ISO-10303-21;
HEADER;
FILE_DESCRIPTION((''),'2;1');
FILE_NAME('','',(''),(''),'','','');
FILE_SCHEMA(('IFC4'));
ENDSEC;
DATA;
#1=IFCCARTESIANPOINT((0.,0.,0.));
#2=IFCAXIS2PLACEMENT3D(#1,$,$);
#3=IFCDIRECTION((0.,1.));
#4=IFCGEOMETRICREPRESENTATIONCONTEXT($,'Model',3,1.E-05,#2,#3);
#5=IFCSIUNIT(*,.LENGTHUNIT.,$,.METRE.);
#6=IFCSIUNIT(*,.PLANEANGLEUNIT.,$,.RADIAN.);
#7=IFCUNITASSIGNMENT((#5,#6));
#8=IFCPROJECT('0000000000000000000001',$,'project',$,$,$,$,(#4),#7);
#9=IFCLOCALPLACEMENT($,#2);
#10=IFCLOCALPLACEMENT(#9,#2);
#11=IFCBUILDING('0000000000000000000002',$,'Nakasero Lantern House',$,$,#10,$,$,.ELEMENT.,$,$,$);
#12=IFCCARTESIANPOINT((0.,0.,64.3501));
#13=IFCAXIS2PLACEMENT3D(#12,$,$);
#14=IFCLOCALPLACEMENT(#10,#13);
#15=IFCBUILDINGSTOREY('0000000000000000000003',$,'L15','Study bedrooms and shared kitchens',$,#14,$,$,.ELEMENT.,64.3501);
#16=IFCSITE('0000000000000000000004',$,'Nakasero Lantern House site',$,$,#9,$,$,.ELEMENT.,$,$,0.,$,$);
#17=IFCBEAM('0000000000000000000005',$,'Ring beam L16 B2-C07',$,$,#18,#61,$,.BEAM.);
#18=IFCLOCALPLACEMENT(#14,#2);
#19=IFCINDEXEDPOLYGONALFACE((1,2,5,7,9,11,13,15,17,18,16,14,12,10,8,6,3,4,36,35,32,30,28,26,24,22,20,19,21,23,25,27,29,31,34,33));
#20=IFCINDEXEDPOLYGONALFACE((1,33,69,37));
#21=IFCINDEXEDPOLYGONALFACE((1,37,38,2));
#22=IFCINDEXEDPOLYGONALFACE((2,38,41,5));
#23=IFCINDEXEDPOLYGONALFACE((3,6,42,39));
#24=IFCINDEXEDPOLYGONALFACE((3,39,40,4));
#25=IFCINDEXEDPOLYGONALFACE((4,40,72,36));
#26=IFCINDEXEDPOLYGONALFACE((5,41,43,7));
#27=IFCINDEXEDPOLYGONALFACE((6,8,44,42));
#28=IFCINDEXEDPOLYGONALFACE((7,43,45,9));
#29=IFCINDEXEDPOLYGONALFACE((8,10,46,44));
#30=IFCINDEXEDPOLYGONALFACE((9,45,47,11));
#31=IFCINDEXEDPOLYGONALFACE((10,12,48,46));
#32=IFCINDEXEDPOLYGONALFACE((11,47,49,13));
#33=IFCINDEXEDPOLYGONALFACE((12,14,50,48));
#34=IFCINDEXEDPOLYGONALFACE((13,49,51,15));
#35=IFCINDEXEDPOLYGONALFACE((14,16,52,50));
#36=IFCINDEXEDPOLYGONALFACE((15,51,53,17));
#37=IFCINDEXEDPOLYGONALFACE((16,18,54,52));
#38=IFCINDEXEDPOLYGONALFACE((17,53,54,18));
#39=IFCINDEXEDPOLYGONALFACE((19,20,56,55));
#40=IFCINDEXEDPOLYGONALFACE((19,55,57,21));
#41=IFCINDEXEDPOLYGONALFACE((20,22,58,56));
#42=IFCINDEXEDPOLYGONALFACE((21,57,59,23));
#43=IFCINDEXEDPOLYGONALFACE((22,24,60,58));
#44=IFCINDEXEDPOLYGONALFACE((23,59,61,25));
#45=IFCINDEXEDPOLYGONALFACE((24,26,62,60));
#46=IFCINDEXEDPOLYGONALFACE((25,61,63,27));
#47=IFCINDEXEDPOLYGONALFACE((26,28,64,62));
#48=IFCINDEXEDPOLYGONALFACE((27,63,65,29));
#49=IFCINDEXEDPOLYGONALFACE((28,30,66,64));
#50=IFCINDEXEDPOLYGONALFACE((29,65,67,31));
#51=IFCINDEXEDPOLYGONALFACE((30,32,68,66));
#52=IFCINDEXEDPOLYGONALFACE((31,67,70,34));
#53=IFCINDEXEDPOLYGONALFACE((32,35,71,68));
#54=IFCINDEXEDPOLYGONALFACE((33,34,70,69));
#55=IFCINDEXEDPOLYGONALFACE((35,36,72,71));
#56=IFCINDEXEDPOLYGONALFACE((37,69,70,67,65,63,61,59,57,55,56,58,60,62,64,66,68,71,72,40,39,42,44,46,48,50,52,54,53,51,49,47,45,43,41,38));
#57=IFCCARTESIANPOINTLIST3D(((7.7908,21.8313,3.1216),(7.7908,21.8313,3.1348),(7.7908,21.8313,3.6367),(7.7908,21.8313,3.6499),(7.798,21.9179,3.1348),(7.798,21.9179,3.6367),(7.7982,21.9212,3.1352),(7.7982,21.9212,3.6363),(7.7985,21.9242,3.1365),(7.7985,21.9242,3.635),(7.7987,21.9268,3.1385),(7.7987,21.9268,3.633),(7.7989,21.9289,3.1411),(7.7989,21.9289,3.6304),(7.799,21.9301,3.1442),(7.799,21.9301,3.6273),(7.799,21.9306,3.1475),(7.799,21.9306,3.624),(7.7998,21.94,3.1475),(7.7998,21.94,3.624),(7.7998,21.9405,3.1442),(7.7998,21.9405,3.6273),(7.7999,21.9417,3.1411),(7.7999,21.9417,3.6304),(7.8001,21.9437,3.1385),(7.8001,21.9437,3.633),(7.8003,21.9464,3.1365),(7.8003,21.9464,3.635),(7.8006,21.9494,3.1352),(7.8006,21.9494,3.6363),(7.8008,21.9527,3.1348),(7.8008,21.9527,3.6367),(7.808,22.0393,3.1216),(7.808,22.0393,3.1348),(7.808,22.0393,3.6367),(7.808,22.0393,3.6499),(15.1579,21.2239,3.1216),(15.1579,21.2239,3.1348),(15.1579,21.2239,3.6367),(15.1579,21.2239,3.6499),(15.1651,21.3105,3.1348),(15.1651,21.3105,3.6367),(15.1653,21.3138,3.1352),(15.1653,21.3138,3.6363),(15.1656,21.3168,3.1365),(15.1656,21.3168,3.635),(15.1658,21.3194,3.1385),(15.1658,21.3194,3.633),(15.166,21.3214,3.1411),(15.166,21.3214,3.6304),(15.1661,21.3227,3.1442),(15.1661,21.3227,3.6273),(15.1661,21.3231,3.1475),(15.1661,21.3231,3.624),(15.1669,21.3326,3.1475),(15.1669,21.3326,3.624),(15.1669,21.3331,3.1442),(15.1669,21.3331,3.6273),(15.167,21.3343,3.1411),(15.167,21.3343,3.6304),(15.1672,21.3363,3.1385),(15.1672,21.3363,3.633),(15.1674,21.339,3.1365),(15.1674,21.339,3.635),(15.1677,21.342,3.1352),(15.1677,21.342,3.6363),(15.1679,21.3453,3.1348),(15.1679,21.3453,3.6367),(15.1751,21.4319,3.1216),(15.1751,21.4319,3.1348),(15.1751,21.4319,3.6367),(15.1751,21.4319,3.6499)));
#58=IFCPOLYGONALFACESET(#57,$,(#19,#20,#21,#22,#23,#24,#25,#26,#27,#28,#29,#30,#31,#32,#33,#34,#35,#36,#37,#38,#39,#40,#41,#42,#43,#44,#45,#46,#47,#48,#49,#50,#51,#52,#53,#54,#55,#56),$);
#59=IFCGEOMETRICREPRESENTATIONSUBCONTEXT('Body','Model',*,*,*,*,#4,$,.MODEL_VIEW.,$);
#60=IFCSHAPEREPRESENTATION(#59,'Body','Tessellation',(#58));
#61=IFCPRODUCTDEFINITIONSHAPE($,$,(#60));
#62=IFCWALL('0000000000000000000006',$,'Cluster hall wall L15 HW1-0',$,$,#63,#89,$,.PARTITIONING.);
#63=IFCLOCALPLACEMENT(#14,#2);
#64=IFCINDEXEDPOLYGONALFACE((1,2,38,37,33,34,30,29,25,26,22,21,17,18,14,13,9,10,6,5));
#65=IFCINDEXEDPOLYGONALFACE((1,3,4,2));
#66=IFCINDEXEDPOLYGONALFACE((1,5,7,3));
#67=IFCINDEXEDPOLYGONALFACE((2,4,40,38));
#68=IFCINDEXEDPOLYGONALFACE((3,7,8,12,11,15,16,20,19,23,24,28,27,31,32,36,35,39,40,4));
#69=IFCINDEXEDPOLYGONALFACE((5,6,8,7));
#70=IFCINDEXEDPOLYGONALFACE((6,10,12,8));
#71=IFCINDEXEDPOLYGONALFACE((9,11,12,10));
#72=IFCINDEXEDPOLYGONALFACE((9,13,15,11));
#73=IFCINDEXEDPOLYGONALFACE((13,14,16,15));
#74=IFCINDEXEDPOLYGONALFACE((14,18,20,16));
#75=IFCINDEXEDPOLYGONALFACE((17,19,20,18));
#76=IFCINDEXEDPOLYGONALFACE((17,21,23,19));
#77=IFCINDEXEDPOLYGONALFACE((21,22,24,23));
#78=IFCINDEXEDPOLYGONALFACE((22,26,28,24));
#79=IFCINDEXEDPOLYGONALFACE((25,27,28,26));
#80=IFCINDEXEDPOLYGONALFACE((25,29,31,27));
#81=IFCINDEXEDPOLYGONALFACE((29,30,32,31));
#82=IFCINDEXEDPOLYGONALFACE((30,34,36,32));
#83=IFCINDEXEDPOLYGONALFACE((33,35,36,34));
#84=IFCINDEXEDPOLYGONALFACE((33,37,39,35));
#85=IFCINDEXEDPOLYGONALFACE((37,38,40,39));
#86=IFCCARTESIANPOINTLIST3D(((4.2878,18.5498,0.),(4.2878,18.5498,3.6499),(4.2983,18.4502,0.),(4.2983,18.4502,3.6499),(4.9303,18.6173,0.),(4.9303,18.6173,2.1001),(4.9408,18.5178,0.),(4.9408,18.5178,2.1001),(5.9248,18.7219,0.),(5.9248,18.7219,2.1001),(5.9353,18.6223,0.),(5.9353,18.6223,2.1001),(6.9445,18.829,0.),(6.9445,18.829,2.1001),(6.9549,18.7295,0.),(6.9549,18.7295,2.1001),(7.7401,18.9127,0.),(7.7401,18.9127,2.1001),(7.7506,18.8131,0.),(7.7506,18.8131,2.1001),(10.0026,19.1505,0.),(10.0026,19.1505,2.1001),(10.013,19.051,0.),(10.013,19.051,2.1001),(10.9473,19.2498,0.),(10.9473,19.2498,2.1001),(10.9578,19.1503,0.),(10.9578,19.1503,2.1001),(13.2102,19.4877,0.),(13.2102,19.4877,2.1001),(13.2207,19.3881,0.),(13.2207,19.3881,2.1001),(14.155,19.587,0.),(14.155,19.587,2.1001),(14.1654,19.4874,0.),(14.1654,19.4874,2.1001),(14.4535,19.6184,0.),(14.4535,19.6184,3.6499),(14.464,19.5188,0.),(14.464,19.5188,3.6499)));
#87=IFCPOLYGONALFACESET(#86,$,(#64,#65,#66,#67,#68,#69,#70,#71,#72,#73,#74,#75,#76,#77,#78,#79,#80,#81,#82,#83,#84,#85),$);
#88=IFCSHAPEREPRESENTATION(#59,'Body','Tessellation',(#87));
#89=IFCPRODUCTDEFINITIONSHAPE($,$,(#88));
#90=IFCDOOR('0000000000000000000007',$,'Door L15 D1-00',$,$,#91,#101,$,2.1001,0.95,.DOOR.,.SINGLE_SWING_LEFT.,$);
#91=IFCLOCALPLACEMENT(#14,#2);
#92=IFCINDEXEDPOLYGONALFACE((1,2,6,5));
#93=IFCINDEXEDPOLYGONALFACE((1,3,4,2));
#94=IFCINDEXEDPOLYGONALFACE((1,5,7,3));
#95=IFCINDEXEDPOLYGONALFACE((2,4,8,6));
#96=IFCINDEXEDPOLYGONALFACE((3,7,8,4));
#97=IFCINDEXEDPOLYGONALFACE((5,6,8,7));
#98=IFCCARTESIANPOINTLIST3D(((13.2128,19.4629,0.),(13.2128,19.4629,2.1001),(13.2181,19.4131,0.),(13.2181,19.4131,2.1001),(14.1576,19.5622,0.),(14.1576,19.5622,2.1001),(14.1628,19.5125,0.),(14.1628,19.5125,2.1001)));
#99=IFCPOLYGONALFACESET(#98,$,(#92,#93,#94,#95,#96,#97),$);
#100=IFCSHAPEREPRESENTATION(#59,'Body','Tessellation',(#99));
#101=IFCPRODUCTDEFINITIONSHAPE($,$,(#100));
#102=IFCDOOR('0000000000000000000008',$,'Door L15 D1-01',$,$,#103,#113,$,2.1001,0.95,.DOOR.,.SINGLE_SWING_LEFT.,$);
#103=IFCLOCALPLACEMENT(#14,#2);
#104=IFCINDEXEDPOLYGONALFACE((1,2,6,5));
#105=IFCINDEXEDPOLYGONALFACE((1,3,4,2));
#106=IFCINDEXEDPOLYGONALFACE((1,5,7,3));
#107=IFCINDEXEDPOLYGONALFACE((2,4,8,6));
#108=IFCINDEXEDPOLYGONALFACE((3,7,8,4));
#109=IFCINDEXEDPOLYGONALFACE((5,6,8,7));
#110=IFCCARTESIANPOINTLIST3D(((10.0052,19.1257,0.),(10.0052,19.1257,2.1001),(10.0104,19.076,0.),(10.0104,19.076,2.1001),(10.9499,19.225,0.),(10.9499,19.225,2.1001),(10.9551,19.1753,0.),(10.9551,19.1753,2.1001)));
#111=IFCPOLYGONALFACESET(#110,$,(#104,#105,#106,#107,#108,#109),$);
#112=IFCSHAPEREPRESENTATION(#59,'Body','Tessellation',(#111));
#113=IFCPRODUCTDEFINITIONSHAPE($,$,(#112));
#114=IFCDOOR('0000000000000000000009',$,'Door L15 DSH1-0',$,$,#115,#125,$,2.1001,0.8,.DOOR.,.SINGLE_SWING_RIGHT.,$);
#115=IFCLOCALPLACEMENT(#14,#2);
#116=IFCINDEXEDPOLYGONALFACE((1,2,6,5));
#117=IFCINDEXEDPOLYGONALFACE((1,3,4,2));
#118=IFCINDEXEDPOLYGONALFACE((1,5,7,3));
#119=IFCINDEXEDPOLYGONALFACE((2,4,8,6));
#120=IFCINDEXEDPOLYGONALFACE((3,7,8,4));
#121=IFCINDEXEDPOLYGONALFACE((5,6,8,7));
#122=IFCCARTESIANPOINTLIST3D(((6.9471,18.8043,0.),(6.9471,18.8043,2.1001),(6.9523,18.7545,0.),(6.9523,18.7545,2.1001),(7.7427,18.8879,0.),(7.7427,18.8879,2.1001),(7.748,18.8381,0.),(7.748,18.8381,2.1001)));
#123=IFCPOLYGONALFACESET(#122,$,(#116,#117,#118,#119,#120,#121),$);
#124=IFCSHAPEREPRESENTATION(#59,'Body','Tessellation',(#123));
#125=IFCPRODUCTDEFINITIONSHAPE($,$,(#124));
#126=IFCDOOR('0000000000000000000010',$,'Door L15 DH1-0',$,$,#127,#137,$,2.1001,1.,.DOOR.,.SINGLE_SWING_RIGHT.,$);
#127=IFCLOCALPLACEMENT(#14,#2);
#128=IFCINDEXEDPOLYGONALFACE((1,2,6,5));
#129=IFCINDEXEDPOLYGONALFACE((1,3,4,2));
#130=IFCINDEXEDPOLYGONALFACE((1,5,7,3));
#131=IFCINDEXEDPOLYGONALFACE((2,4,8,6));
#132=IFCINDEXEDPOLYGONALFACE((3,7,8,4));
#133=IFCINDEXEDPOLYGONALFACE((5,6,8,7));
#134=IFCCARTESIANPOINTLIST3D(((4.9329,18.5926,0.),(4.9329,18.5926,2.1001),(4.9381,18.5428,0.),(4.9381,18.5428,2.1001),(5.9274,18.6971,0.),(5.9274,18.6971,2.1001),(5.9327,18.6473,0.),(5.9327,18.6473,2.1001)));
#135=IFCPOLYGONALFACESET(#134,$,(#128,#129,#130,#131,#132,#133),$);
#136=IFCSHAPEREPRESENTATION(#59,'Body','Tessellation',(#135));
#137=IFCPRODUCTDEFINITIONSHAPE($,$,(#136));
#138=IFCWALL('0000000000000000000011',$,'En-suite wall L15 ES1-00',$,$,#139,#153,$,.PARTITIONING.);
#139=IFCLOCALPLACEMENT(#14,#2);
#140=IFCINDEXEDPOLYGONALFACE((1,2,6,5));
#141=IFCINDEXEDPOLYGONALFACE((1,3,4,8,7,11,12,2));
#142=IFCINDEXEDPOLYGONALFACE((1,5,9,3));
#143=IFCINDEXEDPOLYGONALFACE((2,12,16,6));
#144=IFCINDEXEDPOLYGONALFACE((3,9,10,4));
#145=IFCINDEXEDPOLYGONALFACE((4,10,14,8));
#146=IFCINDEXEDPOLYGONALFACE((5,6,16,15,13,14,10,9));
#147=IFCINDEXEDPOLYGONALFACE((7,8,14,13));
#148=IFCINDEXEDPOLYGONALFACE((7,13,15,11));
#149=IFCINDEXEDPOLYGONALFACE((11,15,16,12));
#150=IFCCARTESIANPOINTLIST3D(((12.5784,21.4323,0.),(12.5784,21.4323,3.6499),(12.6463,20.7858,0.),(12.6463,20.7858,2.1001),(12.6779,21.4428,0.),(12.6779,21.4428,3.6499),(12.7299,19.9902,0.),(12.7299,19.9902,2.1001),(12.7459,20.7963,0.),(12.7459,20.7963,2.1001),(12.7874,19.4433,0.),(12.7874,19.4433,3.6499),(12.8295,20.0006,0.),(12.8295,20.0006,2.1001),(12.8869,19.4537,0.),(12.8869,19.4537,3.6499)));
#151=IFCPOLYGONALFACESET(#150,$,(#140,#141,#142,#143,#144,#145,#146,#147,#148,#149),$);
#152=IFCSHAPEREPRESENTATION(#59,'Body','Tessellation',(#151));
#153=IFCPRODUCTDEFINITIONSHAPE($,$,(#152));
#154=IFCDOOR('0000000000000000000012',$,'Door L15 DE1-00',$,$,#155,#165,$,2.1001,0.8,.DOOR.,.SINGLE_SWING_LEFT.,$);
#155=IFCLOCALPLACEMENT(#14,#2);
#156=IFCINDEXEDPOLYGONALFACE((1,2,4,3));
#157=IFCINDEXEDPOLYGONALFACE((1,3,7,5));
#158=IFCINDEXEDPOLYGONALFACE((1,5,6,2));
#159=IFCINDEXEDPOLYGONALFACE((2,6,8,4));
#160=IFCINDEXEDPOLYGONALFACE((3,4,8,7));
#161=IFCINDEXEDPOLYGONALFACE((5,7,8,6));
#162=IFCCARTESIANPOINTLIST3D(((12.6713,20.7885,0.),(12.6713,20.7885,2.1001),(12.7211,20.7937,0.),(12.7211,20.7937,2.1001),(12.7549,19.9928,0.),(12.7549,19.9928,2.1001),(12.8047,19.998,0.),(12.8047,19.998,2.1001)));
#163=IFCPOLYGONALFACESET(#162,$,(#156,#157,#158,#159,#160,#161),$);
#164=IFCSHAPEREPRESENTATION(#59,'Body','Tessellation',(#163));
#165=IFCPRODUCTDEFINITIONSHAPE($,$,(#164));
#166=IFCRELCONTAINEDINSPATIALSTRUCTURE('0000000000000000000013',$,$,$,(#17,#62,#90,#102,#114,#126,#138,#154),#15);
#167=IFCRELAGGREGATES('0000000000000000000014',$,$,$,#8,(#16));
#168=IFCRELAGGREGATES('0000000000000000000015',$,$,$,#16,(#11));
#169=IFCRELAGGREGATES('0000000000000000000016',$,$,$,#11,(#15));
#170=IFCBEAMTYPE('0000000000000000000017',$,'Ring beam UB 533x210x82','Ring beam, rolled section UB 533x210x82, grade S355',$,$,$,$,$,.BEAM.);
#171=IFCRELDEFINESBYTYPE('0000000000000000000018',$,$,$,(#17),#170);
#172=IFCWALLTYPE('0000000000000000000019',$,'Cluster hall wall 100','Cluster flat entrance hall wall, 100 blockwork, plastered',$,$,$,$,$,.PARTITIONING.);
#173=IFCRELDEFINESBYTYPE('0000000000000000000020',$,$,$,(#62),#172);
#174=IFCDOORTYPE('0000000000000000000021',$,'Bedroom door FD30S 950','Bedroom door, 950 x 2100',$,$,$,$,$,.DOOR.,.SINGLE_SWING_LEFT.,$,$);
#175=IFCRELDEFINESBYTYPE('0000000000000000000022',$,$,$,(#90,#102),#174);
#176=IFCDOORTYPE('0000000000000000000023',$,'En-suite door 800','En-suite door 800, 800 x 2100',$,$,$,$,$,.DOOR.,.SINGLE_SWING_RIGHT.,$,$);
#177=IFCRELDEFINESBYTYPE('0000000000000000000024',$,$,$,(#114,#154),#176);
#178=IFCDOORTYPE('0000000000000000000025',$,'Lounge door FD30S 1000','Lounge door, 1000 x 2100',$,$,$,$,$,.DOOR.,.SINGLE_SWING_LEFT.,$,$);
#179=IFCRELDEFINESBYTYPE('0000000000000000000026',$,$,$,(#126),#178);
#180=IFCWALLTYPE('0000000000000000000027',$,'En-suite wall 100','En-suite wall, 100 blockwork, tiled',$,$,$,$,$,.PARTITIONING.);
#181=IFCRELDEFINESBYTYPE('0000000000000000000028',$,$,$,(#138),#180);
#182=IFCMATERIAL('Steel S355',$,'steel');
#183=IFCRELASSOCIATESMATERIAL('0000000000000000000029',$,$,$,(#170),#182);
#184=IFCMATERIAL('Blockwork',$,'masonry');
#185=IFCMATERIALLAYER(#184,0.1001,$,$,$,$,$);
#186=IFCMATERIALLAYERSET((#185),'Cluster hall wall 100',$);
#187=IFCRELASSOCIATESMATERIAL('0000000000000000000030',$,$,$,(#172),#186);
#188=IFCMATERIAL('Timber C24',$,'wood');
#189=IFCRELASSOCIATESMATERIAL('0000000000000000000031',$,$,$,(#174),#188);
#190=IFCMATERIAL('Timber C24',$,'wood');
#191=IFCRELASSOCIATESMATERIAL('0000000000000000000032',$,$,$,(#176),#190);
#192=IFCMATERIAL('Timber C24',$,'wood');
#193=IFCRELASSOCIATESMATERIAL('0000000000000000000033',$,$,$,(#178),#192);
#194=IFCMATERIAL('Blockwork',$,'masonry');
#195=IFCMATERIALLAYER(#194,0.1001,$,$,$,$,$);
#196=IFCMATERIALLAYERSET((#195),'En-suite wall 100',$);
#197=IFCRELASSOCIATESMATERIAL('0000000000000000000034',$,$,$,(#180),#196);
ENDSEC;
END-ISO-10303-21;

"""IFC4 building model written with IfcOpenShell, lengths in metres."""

from ifc_helpers import new_model, si_unit, direction, frame, frame_2d, origin, origin_2d, place, context, subcontext, project, spatial, rectangle, i_section, extrude, material, layer, layer_set, material_profile, profile_set, type_object, element, fill, save


model = new_model("IFC4")

# Units and contexts
model_context = context("Model", 3, precision=1e-05, world=origin(), true_north=direction((0.0, 1.0)))
body_context = subcontext(model_context, "Body", "Model", "MODEL_VIEW")
ifc_project = project(units=[si_unit("LENGTHUNIT", "METRE"), si_unit("PLANEANGLEUNIT", "RADIAN")], contexts=[model_context])

# Site, building, storey
site_placement = place(None, origin())
site = spatial("IfcSite", under=ifc_project, at=site_placement, Name="Nakasero Lantern House site", CompositionType="ELEMENT", RefElevation=0.0)
building_placement = place(site_placement, origin())
building = spatial("IfcBuilding", under=site, at=building_placement, Name="Nakasero Lantern House", CompositionType="ELEMENT")
storey_placement = place(building_placement, frame((0.0, 0.0, 64.3501)))
storey = spatial("IfcBuildingStorey", under=building, at=storey_placement, Name="L15", Description="Study bedrooms and shared kitchens", CompositionType="ELEMENT", Elevation=64.3501)

# Beam
ifc_material_1 = material(Name="Steel S355", Category="steel")
ifc_material_profile_1 = material_profile(ifc_material_1, i_section(OverallWidth=0.2087, OverallDepth=0.5283, WebThickness=0.0095, FlangeThickness=0.0132, FilletRadius=0.0127, at=origin_2d()), Name="UB 533x210x82")
ifc_profile_set_1 = profile_set([ifc_material_profile_1], Name="Steel S355")
beam_type_1 = type_object("IfcBeamType", Name="Ring beam UB 533x210x82", Description="Ring beam, rolled section UB 533x210x82, grade S355", PredefinedType="BEAM", material=ifc_profile_set_1)
beam_1_placement = place(storey_placement, frame((15.1665, 21.3279, 3.3857), z_axis=(-0.996618, 0.082171, 0.0), x_axis=(-0.082171, -0.996618, 0.0)))
element("IfcBeam", 1, at=beam_1_placement, inside=storey, type_object=beam_type_1, Name="Ring beam L16 B2-C07", PredefinedType="BEAM", context=body_context, shape_type="SweptSolid", body=[
    extrude(i_section(OverallWidth=0.2087, OverallDepth=0.5283, WebThickness=0.0095, FlangeThickness=0.0132, FilletRadius=0.0127, at=origin_2d()), origin(), (0.0, 0.0, 1.0), 7.3921),
])

# Wall, openings, doors
ifc_material_2 = material(Name="Blockwork", Category="masonry")
ifc_layer_1 = layer(ifc_material_2, 0.1001)
ifc_layer_set_1 = layer_set([ifc_layer_1], Name="Cluster hall wall 100")
wall_type_1 = type_object("IfcWallType", Name="Cluster hall wall 100", Description="Cluster flat entrance hall wall, 100 blockwork, plastered", PredefinedType="PARTITIONING", material=ifc_layer_set_1)
wall_1_placement = place(storey_placement, frame((14.4587, 19.5686, 0.0), z_axis=(0.0, 0.0, 1.0), x_axis=(-0.99452, -0.104542, 0.0)))
wall_1 = element("IfcWall", 2, at=wall_1_placement, inside=storey, type_object=wall_type_1, Name="Cluster hall wall L15 HW1-0", PredefinedType="PARTITIONING", context=body_context, shape_type="SweptSolid", body=[
    extrude(rectangle(XDim=10.2217, YDim=0.1001, at=frame_2d((5.1108, 0.0))), origin(), (0.0, 0.0, 1.0), 3.6499),
])
opening_1_placement = place(wall_1_placement, frame((8.5757, 0.0, 0.0)))
opening_1 = element("IfcOpeningElement", 3, at=opening_1_placement, cuts=wall_1, PredefinedType="OPENING", context=body_context, shape_type="SweptSolid", body=[
    extrude(rectangle(XDim=1.0, YDim=2.1001, at=frame_2d((0.5, 1.05))), frame((0.0, 0.0701, 0.0), z_axis=(0.0, -1.0, 0.0), x_axis=(1.0, 0.0, 0.0)), (0.0, 0.0, 1.0), 0.1401),
])
opening_2_placement = place(wall_1_placement, frame((6.7505, 0.0, 0.0)))
opening_2 = element("IfcOpeningElement", 4, at=opening_2_placement, cuts=wall_1, PredefinedType="OPENING", context=body_context, shape_type="SweptSolid", body=[
    extrude(rectangle(XDim=0.8, YDim=2.1001, at=frame_2d((0.3999, 1.05))), frame((0.0, 0.0701, 0.0), z_axis=(0.0, -1.0, 0.0), x_axis=(1.0, 0.0, 0.0)), (0.0, 0.0, 1.0), 0.1401),
])
opening_3_placement = place(wall_1_placement, frame((0.3, 0.0, 0.0)))
opening_3 = element("IfcOpeningElement", 5, at=opening_3_placement, cuts=wall_1, PredefinedType="OPENING", context=body_context, shape_type="SweptSolid", body=[
    extrude(rectangle(XDim=0.95, YDim=2.1001, at=frame_2d((0.4751, 1.05))), frame((0.0, 0.0701, 0.0), z_axis=(0.0, -1.0, 0.0), x_axis=(1.0, 0.0, 0.0)), (0.0, 0.0, 1.0), 0.1401),
])
opening_4_placement = place(wall_1_placement, frame((3.5254, 0.0, 0.0)))
opening_4 = element("IfcOpeningElement", 6, at=opening_4_placement, cuts=wall_1, PredefinedType="OPENING", context=body_context, shape_type="SweptSolid", body=[
    extrude(rectangle(XDim=0.95, YDim=2.1001, at=frame_2d((0.4751, 1.05))), frame((0.0, 0.0701, 0.0), z_axis=(0.0, -1.0, 0.0), x_axis=(1.0, 0.0, 0.0)), (0.0, 0.0, 1.0), 0.1401),
])
ifc_material_3 = material(Name="Timber C24", Category="wood")
door_type_1 = type_object("IfcDoorType", Name="Bedroom door FD30S 950", Description="Bedroom door, 950 x 2100", OperationType="SINGLE_SWING_LEFT", PredefinedType="DOOR", material=ifc_material_3)
door_1_placement = place(opening_3_placement, origin())
door_1 = element("IfcDoor", 7, at=door_1_placement, inside=storey, type_object=door_type_1, Name="Door L15 D1-00", OperationType="SINGLE_SWING_LEFT", OverallHeight=2.1001, OverallWidth=0.95, PredefinedType="DOOR", context=body_context, shape_type="SweptSolid", body=[
    extrude(rectangle(XDim=0.95, YDim=2.1001, at=frame_2d((0.4751, 1.05))), frame((0.0, 0.0249, 0.0), z_axis=(0.0, -1.0, 0.0), x_axis=(1.0, 0.0, 0.0)), (0.0, 0.0, 1.0), 0.05),
])
fill(opening_3, door_1)
door_2_placement = place(opening_4_placement, origin())
door_2 = element("IfcDoor", 8, at=door_2_placement, inside=storey, type_object=door_type_1, Name="Door L15 D1-01", OperationType="SINGLE_SWING_LEFT", OverallHeight=2.1001, OverallWidth=0.95, PredefinedType="DOOR", context=body_context, shape_type="SweptSolid", body=[
    extrude(rectangle(XDim=0.95, YDim=2.1001, at=frame_2d((0.4751, 1.05))), frame((0.0, 0.0249, 0.0), z_axis=(0.0, -1.0, 0.0), x_axis=(1.0, 0.0, 0.0)), (0.0, 0.0, 1.0), 0.05),
])
fill(opening_4, door_2)
ifc_material_4 = material(Name="Timber C24", Category="wood")
door_type_2 = type_object("IfcDoorType", Name="En-suite door 800", Description="En-suite door 800, 800 x 2100", OperationType="SINGLE_SWING_RIGHT", PredefinedType="DOOR", material=ifc_material_4)
door_3_placement = place(opening_2_placement, origin())
door_3 = element("IfcDoor", 9, at=door_3_placement, inside=storey, type_object=door_type_2, Name="Door L15 DSH1-0", OperationType="SINGLE_SWING_RIGHT", OverallHeight=2.1001, OverallWidth=0.8, PredefinedType="DOOR", context=body_context, shape_type="SweptSolid", body=[
    extrude(rectangle(XDim=0.8, YDim=2.1001, at=frame_2d((0.3999, 1.05))), frame((0.0, 0.0249, 0.0), z_axis=(0.0, -1.0, 0.0), x_axis=(1.0, 0.0, 0.0)), (0.0, 0.0, 1.0), 0.05),
])
fill(opening_2, door_3)
ifc_material_5 = material(Name="Timber C24", Category="wood")
door_type_3 = type_object("IfcDoorType", Name="Lounge door FD30S 1000", Description="Lounge door, 1000 x 2100", OperationType="SINGLE_SWING_LEFT", PredefinedType="DOOR", material=ifc_material_5)
door_4_placement = place(opening_1_placement, origin())
door_4 = element("IfcDoor", 10, at=door_4_placement, inside=storey, type_object=door_type_3, Name="Door L15 DH1-0", OperationType="SINGLE_SWING_RIGHT", OverallHeight=2.1001, OverallWidth=1.0, PredefinedType="DOOR", context=body_context, shape_type="SweptSolid", body=[
    extrude(rectangle(XDim=1.0, YDim=2.1001, at=frame_2d((0.5, 1.05))), frame((0.0, 0.0249, 0.0), z_axis=(0.0, -1.0, 0.0), x_axis=(1.0, 0.0, 0.0)), (0.0, 0.0, 1.0), 0.05),
])
fill(opening_1, door_4)

# Wall, opening, door
ifc_material_6 = material(Name="Blockwork", Category="masonry")
ifc_layer_2 = layer(ifc_material_6, 0.1001)
ifc_layer_set_2 = layer_set([ifc_layer_2], Name="En-suite wall 100")
wall_type_2 = type_object("IfcWallType", Name="En-suite wall 100", Description="En-suite wall, 100 blockwork, tiled", PredefinedType="PARTITIONING", material=ifc_layer_set_2)
wall_2_placement = place(storey_placement, frame((12.8372, 19.4485, 0.0), z_axis=(0.0, 0.0, 1.0), x_axis=(-0.104494, 0.994526, 0.0)))
wall_2 = element("IfcWall", 11, at=wall_2_placement, inside=storey, type_object=wall_type_2, Name="En-suite wall L15 ES1-00", PredefinedType="PARTITIONING", context=body_context, shape_type="SweptSolid", body=[
    extrude(rectangle(XDim=2.0, YDim=0.1001, at=frame_2d((1.0, 0.0))), origin(), (0.0, 0.0, 1.0), 3.6499),
])
opening_5_placement = place(wall_2_placement, frame((0.55, 0.0, 0.0)))
opening_5 = element("IfcOpeningElement", 12, at=opening_5_placement, cuts=wall_2, PredefinedType="OPENING", context=body_context, shape_type="SweptSolid", body=[
    extrude(rectangle(XDim=0.8, YDim=2.1001, at=frame_2d((0.3999, 1.05))), frame((0.0, 0.0701, 0.0), z_axis=(0.0, -1.0, 0.0), x_axis=(1.0, 0.0, 0.0)), (0.0, 0.0, 1.0), 0.1401),
])
door_5_placement = place(opening_5_placement, origin())
door_5 = element("IfcDoor", 13, at=door_5_placement, inside=storey, type_object=door_type_2, Name="Door L15 DE1-00", OperationType="SINGLE_SWING_LEFT", OverallHeight=2.1001, OverallWidth=0.8, PredefinedType="DOOR", context=body_context, shape_type="SweptSolid", body=[
    extrude(rectangle(XDim=0.8, YDim=2.1001, at=frame_2d((0.3999, 1.05))), frame((0.0, 0.0249, 0.0), z_axis=(0.0, -1.0, 0.0), x_axis=(1.0, 0.0, 0.0)), (0.0, 0.0, 1.0), 0.05),
])
fill(opening_5, door_5)

save(model, "model.ifc")
